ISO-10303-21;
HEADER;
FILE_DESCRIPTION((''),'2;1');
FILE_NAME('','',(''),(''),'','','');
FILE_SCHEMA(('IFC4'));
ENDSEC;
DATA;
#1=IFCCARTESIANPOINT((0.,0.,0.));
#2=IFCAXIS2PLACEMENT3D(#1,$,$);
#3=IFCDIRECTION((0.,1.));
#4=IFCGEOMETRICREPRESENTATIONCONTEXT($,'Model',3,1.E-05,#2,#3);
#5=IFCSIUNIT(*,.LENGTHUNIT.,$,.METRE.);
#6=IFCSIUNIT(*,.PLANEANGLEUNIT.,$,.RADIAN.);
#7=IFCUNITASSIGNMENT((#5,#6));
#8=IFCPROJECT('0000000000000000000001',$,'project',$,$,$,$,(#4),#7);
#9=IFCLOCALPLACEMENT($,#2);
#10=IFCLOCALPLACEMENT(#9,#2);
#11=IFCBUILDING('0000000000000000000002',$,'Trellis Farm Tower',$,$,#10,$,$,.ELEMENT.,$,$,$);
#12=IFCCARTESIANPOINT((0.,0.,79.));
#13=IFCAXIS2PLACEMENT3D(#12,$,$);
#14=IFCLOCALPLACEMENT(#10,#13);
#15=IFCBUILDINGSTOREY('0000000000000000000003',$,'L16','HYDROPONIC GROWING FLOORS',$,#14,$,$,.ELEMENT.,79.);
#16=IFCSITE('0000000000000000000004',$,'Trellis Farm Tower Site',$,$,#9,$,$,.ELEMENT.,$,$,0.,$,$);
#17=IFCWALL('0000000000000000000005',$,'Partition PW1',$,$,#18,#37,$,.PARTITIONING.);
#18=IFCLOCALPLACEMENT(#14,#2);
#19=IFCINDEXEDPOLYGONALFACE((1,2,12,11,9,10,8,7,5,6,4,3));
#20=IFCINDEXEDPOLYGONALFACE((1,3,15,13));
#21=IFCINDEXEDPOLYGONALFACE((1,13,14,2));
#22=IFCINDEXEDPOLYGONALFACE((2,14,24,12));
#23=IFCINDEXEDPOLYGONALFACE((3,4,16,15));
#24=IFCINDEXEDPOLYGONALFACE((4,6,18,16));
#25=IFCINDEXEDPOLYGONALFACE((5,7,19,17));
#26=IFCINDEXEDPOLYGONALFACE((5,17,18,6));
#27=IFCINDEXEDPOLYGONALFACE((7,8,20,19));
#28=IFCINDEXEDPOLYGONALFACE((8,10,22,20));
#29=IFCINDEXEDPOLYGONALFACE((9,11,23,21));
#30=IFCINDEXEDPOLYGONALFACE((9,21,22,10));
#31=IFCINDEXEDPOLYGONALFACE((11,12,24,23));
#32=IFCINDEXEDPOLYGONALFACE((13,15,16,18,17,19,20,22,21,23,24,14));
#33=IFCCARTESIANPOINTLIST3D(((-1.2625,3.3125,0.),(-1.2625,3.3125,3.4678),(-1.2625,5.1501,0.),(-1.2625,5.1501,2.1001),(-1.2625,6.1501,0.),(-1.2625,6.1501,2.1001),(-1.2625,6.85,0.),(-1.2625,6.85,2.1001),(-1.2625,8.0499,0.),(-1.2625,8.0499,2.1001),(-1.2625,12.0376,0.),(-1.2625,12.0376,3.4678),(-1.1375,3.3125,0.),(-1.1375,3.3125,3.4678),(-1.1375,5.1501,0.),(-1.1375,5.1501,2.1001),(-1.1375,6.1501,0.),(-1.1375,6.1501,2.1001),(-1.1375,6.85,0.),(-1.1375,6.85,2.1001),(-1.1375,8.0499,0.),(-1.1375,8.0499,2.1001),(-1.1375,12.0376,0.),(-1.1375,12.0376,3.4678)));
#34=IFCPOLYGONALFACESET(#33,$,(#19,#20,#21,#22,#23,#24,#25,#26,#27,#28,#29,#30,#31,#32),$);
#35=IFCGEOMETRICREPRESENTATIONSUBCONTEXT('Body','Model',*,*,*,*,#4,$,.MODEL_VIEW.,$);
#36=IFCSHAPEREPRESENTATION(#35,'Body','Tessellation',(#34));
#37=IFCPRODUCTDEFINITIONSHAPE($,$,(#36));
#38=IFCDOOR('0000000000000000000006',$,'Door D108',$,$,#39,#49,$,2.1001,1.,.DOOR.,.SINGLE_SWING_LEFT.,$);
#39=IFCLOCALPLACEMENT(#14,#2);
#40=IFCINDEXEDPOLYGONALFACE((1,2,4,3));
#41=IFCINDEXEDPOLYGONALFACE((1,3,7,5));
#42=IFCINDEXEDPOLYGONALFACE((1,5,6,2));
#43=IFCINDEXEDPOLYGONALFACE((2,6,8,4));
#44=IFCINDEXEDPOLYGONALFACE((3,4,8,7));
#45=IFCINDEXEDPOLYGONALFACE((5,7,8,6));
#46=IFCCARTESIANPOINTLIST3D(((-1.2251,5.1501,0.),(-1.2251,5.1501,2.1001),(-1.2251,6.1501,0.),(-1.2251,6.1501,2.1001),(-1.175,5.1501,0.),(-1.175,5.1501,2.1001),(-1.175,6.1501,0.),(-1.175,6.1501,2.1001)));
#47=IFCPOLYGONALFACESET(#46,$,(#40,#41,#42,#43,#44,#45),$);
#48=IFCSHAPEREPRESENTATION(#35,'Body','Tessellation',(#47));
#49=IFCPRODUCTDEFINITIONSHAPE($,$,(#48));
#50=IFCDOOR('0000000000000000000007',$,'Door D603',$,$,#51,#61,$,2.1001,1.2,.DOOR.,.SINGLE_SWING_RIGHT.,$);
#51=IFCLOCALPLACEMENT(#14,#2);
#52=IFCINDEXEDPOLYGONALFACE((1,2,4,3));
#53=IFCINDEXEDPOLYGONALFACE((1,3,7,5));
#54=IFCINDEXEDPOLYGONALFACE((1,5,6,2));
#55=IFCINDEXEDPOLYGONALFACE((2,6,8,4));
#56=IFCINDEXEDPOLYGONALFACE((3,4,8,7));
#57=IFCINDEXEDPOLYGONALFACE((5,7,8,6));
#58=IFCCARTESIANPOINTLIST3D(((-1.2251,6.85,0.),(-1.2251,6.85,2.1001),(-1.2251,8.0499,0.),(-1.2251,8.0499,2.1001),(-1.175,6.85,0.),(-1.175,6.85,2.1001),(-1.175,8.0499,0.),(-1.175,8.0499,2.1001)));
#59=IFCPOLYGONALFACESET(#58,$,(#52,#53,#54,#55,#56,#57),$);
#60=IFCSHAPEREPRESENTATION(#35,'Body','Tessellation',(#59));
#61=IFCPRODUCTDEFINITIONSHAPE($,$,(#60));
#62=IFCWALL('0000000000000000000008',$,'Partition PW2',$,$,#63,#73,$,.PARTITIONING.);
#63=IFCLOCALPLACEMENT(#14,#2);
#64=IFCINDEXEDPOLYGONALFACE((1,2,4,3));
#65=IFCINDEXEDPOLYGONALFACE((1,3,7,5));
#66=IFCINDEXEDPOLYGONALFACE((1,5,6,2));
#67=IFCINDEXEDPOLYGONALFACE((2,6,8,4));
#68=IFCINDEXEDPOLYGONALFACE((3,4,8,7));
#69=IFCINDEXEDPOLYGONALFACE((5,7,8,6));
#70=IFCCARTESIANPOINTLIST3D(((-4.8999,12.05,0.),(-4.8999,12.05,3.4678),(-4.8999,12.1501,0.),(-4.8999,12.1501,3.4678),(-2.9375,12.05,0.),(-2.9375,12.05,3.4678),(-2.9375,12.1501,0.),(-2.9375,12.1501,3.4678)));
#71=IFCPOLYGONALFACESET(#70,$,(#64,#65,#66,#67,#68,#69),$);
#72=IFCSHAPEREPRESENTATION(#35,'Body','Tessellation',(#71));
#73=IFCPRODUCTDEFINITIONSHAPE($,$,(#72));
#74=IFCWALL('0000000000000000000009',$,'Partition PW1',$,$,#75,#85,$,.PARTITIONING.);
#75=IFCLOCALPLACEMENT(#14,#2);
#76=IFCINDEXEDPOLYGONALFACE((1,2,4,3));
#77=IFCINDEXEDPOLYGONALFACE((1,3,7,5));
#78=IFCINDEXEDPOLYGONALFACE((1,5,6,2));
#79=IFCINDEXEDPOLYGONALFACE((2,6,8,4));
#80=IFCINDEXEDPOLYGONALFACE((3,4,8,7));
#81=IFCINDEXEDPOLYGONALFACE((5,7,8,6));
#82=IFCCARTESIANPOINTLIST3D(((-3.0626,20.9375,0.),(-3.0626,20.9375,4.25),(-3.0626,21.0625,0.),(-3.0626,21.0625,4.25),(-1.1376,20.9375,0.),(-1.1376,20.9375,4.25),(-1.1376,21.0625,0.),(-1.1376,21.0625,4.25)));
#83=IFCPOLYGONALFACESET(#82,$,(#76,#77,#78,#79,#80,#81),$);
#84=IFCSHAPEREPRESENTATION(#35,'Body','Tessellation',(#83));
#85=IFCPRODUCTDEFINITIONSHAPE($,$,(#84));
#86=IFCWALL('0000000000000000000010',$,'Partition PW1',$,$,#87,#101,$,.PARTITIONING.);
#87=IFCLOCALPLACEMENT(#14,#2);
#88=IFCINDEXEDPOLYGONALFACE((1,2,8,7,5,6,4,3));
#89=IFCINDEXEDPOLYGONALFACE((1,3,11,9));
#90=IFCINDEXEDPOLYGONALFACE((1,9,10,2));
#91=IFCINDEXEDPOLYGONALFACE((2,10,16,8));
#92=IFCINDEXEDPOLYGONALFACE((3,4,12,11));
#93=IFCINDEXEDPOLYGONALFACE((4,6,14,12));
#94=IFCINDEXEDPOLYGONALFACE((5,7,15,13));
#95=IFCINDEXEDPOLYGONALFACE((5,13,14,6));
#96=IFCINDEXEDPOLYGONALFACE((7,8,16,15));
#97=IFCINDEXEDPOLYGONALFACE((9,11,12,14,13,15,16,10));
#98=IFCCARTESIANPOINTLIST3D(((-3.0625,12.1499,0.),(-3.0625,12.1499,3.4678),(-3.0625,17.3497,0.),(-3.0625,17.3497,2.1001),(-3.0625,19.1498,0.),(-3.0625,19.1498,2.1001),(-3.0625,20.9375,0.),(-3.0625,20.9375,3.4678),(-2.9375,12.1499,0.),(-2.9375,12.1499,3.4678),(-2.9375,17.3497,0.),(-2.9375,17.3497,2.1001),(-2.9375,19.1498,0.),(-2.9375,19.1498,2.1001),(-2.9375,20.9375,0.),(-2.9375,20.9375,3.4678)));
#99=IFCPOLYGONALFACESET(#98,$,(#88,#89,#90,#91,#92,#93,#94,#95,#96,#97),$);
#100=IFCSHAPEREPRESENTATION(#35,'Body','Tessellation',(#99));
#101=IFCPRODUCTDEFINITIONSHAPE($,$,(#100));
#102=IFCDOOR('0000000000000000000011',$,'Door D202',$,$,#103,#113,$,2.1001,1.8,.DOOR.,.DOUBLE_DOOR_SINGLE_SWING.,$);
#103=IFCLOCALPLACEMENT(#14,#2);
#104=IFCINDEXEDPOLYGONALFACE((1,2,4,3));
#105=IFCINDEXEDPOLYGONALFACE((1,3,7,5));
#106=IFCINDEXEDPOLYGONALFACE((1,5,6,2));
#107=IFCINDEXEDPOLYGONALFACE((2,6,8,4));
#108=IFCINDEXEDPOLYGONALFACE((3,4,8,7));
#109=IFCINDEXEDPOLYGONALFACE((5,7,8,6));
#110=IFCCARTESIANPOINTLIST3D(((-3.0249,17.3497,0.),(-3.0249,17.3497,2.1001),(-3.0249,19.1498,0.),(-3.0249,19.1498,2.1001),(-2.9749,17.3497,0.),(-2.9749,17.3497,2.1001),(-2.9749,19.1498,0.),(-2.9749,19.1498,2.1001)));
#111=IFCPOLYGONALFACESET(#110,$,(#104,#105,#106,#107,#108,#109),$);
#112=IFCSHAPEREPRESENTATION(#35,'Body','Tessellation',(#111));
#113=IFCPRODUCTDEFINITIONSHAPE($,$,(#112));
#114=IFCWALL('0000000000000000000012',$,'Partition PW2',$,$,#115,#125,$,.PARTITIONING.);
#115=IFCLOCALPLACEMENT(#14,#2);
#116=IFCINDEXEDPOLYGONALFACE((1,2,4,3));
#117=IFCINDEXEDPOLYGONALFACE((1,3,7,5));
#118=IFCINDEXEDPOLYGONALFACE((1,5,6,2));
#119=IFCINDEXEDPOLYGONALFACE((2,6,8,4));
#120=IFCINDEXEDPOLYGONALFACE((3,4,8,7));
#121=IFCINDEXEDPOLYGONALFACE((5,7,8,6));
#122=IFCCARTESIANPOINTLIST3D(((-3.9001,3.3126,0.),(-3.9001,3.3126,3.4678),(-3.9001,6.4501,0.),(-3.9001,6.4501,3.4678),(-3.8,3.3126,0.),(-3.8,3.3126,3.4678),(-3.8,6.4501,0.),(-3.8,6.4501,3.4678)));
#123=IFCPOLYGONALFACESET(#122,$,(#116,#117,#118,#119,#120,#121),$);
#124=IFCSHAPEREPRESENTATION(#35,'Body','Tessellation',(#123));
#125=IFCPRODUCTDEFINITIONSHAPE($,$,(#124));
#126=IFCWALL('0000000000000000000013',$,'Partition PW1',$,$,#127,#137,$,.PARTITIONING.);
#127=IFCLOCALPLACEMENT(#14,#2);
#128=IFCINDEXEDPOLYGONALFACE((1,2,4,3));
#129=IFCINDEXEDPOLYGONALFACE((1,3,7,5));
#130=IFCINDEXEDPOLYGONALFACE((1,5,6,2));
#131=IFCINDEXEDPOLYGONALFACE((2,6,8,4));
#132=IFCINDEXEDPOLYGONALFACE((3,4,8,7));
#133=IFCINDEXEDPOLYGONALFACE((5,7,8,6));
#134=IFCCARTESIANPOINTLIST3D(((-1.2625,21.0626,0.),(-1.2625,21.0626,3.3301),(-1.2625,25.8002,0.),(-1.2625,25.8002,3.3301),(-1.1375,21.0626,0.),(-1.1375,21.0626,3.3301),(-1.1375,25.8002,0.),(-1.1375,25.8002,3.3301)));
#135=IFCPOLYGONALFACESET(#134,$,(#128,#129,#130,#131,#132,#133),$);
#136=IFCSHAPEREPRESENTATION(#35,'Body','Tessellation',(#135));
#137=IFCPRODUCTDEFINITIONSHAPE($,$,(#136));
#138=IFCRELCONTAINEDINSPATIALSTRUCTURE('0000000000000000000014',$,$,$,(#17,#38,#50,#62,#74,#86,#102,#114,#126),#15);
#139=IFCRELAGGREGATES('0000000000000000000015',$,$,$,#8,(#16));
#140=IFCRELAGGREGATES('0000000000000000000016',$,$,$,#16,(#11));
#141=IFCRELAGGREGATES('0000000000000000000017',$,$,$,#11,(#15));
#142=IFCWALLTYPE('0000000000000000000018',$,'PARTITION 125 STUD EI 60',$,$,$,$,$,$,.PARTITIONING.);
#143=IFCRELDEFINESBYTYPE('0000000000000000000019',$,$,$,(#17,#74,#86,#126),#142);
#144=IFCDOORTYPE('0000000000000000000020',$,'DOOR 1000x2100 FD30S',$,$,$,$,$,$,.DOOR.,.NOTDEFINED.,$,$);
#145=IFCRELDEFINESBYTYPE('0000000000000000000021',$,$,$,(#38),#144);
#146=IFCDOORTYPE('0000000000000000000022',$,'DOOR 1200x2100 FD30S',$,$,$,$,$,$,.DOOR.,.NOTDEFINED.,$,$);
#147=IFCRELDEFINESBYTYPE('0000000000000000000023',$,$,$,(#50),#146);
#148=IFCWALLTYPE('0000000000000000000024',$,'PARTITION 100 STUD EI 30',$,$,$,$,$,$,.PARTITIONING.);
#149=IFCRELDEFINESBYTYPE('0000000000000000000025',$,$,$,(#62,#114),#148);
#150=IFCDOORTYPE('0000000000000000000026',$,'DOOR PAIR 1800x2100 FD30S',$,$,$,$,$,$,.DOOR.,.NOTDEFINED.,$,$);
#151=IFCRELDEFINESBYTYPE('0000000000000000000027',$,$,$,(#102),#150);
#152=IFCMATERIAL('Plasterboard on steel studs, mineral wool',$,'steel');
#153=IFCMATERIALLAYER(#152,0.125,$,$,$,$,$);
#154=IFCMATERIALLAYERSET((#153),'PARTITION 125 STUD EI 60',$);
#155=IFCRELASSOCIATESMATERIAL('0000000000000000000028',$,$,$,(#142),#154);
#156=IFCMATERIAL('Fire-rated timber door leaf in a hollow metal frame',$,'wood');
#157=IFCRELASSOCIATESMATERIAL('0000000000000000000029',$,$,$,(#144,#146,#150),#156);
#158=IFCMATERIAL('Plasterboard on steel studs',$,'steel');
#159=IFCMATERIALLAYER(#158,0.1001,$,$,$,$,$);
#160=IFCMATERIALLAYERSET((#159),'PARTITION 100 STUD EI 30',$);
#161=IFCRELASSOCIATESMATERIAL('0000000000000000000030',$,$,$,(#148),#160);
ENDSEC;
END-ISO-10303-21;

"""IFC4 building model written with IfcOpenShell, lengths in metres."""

from ifc_helpers import new_model, si_unit, direction, frame, frame_2d, origin, place, context, subcontext, project, spatial, rectangle, extrude, source, transform, mapped, material, layer, layer_set, type_object, element, fill, save


model = new_model("IFC4")

# Units and contexts
model_context = context("Model", 3, precision=1e-05, world=origin(), true_north=direction((0.0, 1.0)))
body_context = subcontext(model_context, "Body", "Model", "MODEL_VIEW")
ifc_project = project(units=[si_unit("LENGTHUNIT", "METRE"), si_unit("PLANEANGLEUNIT", "RADIAN")], contexts=[model_context])

# Site, building, storey
site_placement = place(None, origin())
site = spatial("IfcSite", under=ifc_project, at=site_placement, Name="Trellis Farm Tower Site", CompositionType="ELEMENT", RefElevation=0.0)
building_placement = place(site_placement, origin())
building = spatial("IfcBuilding", under=site, at=building_placement, Name="Trellis Farm Tower", CompositionType="ELEMENT")
storey_placement = place(building_placement, frame((0.0, 0.0, 79.0)))
storey = spatial("IfcBuildingStorey", under=building, at=storey_placement, Name="L16", Description="HYDROPONIC GROWING FLOORS", CompositionType="ELEMENT", Elevation=79.0)

# Shared definitions
shared_shape_1 = source(origin(), body_context, "Body", "SweptSolid", [
    extrude(rectangle(XDim=1.2, YDim=2.1001, at=frame_2d((0.6001, 1.05))), frame((0.0, 0.0249, 0.0), z_axis=(0.0, -1.0, 0.0), x_axis=(1.0, 0.0, 0.0)), (0.0, 0.0, 1.0), 0.05),
])

# Shared definitions
ifc_material_1 = material(Name="Plasterboard on steel studs, mineral wool", Category="steel")
ifc_layer_1 = layer(ifc_material_1, 0.125)
ifc_layer_set_1 = layer_set([ifc_layer_1], Name="PARTITION 125 STUD EI 60")
wall_type_1 = type_object("IfcWallType", Name="PARTITION 125 STUD EI 60", PredefinedType="PARTITIONING", material=ifc_layer_set_1)

# Wall, openings, doors
shared_shape_2 = source(origin(), body_context, "Body", "SweptSolid", [
    extrude(rectangle(XDim=8.7251, YDim=0.125, at=frame_2d((4.3625, 0.0))), origin(), (0.0, 0.0, 1.0), 3.4678),
])
wall_1_placement = place(storey_placement, frame((-1.2, 12.0376, 0.0), z_axis=(0.0, 0.0, 1.0), x_axis=(0.0, -1.0, 0.0)))
wall_1 = element("IfcWall", 1, at=wall_1_placement, inside=storey, type_object=wall_type_1, Name="Partition PW1", PredefinedType="PARTITIONING", context=body_context, shape_type="MappedRepresentation", body=[
    mapped(shared_shape_2, transform((0.0, 0.0, 0.0))),
])
shared_shape_3 = source(origin(), body_context, "Body", "SweptSolid", [
    extrude(rectangle(XDim=1.0, YDim=2.1001, at=frame_2d((0.5, 1.05))), frame((0.0, 0.0725, 0.0), z_axis=(0.0, -1.0, 0.0), x_axis=(1.0, 0.0, 0.0)), (0.0, 0.0, 1.0), 0.145),
])
opening_1_placement = place(wall_1_placement, frame((5.8875, 0.0, 0.0)))
opening_1 = element("IfcOpeningElement", 2, at=opening_1_placement, cuts=wall_1, PredefinedType="OPENING", context=body_context, shape_type="MappedRepresentation", body=[
    mapped(shared_shape_3, transform((0.0, 0.0, 0.0))),
])
shared_shape_4 = source(origin(), body_context, "Body", "SweptSolid", [
    extrude(rectangle(XDim=1.2, YDim=2.1001, at=frame_2d((0.6001, 1.05))), frame((0.0, 0.0725, 0.0), z_axis=(0.0, -1.0, 0.0), x_axis=(1.0, 0.0, 0.0)), (0.0, 0.0, 1.0), 0.145),
])
opening_2_placement = place(wall_1_placement, frame((3.9875, 0.0, 0.0)))
opening_2 = element("IfcOpeningElement", 3, at=opening_2_placement, cuts=wall_1, PredefinedType="OPENING", context=body_context, shape_type="MappedRepresentation", body=[
    mapped(shared_shape_4, transform((0.0, 0.0, 0.0))),
])
ifc_material_2 = material(Name="Fire-rated timber door leaf in a hollow metal frame", Category="wood")
door_type_1 = type_object("IfcDoorType", Name="DOOR 1000x2100 FD30S", OperationType="NOTDEFINED", PredefinedType="DOOR", material=ifc_material_2)
shared_shape_5 = source(origin(), body_context, "Body", "SweptSolid", [
    extrude(rectangle(XDim=1.0, YDim=2.1001, at=frame_2d((0.5, 1.05))), frame((0.0, 0.0249, 0.0), z_axis=(0.0, -1.0, 0.0), x_axis=(1.0, 0.0, 0.0)), (0.0, 0.0, 1.0), 0.05),
])
door_1_placement = place(opening_1_placement, origin())
door_1 = element("IfcDoor", 4, at=door_1_placement, inside=storey, type_object=door_type_1, Name="Door D108", OperationType="SINGLE_SWING_LEFT", OverallHeight=2.1001, OverallWidth=1.0, PredefinedType="DOOR", context=body_context, shape_type="MappedRepresentation", body=[
    mapped(shared_shape_5, transform((0.0, 0.0, 0.0))),
])
fill(opening_1, door_1)
door_type_2 = type_object("IfcDoorType", Name="DOOR 1200x2100 FD30S", OperationType="NOTDEFINED", PredefinedType="DOOR", material=ifc_material_2)
door_2_placement = place(opening_2_placement, origin())
door_2 = element("IfcDoor", 5, at=door_2_placement, inside=storey, type_object=door_type_2, Name="Door D603", OperationType="SINGLE_SWING_RIGHT", OverallHeight=2.1001, OverallWidth=1.2, PredefinedType="DOOR", context=body_context, shape_type="MappedRepresentation", body=[
    mapped(shared_shape_1, transform((0.0, 0.0, 0.0))),
])
fill(opening_2, door_2)

# Walls
ifc_material_3 = material(Name="Plasterboard on steel studs", Category="steel")
ifc_layer_2 = layer(ifc_material_3, 0.1001)
ifc_layer_set_2 = layer_set([ifc_layer_2], Name="PARTITION 100 STUD EI 30")
wall_type_2 = type_object("IfcWallType", Name="PARTITION 100 STUD EI 30", PredefinedType="PARTITIONING", material=ifc_layer_set_2)
shared_shape_6 = source(origin(), body_context, "Body", "SweptSolid", [
    extrude(rectangle(XDim=1.9624, YDim=0.1001, at=frame_2d((0.9812, 0.0))), origin(), (0.0, 0.0, 1.0), 3.4678),
])
wall_2_placement = place(storey_placement, frame((-4.8999, 12.1001, 0.0), z_axis=(0.0, 0.0, 1.0), x_axis=(1.0, 0.0, 0.0)))
element("IfcWall", 6, at=wall_2_placement, inside=storey, type_object=wall_type_2, Name="Partition PW2", PredefinedType="PARTITIONING", context=body_context, shape_type="MappedRepresentation", body=[
    mapped(shared_shape_6, transform((0.0, 0.0, 0.0))),
])
shared_shape_7 = source(origin(), body_context, "Body", "SweptSolid", [
    extrude(rectangle(XDim=1.925, YDim=0.125, at=frame_2d((0.9624, 0.0))), origin(), (0.0, 0.0, 1.0), 4.25),
])
wall_3_placement = place(storey_placement, frame((-3.0625, 21.0, 0.0), z_axis=(0.0, 0.0, 1.0), x_axis=(1.0, 0.0, 0.0)))
element("IfcWall", 7, at=wall_3_placement, inside=storey, type_object=wall_type_1, Name="Partition PW1", PredefinedType="PARTITIONING", context=body_context, shape_type="MappedRepresentation", body=[
    mapped(shared_shape_7, transform((0.0, 0.0, 0.0))),
])

# Wall, opening, door
shared_shape_8 = source(origin(), body_context, "Body", "SweptSolid", [
    extrude(rectangle(XDim=8.7876, YDim=0.125, at=frame_2d((4.3938, 0.0))), origin(), (0.0, 0.0, 1.0), 3.4678),
])
wall_4_placement = place(storey_placement, frame((-3.0, 12.1499, 0.0), z_axis=(0.0, 0.0, 1.0), x_axis=(0.0, 1.0, 0.0)))
wall_4 = element("IfcWall", 8, at=wall_4_placement, inside=storey, type_object=wall_type_1, Name="Partition PW1", PredefinedType="PARTITIONING", context=body_context, shape_type="MappedRepresentation", body=[
    mapped(shared_shape_8, transform((0.0, 0.0, 0.0))),
])
shared_shape_9 = source(origin(), body_context, "Body", "SweptSolid", [
    extrude(rectangle(XDim=1.8, YDim=2.1001, at=frame_2d((0.8999, 1.05))), frame((0.0, 0.0725, 0.0), z_axis=(0.0, -1.0, 0.0), x_axis=(1.0, 0.0, 0.0)), (0.0, 0.0, 1.0), 0.145),
])
opening_3_placement = place(wall_4_placement, frame((5.2, 0.0, 0.0)))
opening_3 = element("IfcOpeningElement", 9, at=opening_3_placement, cuts=wall_4, PredefinedType="OPENING", context=body_context, shape_type="MappedRepresentation", body=[
    mapped(shared_shape_9, transform((0.0, 0.0, 0.0))),
])
door_type_3 = type_object("IfcDoorType", Name="DOOR PAIR 1800x2100 FD30S", OperationType="NOTDEFINED", PredefinedType="DOOR", material=ifc_material_2)
shared_shape_10 = source(origin(), body_context, "Body", "SweptSolid", [
    extrude(rectangle(XDim=1.8, YDim=2.1001, at=frame_2d((0.8999, 1.05))), frame((0.0, 0.0249, 0.0), z_axis=(0.0, -1.0, 0.0), x_axis=(1.0, 0.0, 0.0)), (0.0, 0.0, 1.0), 0.05),
])
door_3_placement = place(opening_3_placement, origin())
door_3 = element("IfcDoor", 10, at=door_3_placement, inside=storey, type_object=door_type_3, Name="Door D202", OperationType="DOUBLE_DOOR_SINGLE_SWING", OverallHeight=2.1001, OverallWidth=1.8, PredefinedType="DOOR", context=body_context, shape_type="MappedRepresentation", body=[
    mapped(shared_shape_10, transform((0.0, 0.0, 0.0))),
])
fill(opening_3, door_3)

# Walls
shared_shape_11 = source(origin(), body_context, "Body", "SweptSolid", [
    extrude(rectangle(XDim=3.1375, YDim=0.1001, at=frame_2d((1.5688, 0.0))), origin(), (0.0, 0.0, 1.0), 3.4678),
])
wall_5_placement = place(storey_placement, frame((-3.8501, 3.3125, 0.0), z_axis=(0.0, 0.0, 1.0), x_axis=(0.0, 1.0, 0.0)))
element("IfcWall", 11, at=wall_5_placement, inside=storey, type_object=wall_type_2, Name="Partition PW2", PredefinedType="PARTITIONING", context=body_context, shape_type="MappedRepresentation", body=[
    mapped(shared_shape_11, transform((0.0, 0.0, 0.0))),
])
shared_shape_12 = source(origin(), body_context, "Body", "SweptSolid", [
    extrude(rectangle(XDim=4.7375, YDim=0.125, at=frame_2d((2.3687, 0.0))), origin(), (0.0, 0.0, 1.0), 3.3301),
])
wall_6_placement = place(storey_placement, frame((-1.2, 25.8, 0.0), z_axis=(0.0, 0.0, 1.0), x_axis=(0.0, -1.0, 0.0)))
element("IfcWall", 12, at=wall_6_placement, inside=storey, type_object=wall_type_1, Name="Partition PW1", PredefinedType="PARTITIONING", context=body_context, shape_type="MappedRepresentation", body=[
    mapped(shared_shape_12, transform((0.0, 0.0, 0.0))),
])

save(model, "model.ifc")
